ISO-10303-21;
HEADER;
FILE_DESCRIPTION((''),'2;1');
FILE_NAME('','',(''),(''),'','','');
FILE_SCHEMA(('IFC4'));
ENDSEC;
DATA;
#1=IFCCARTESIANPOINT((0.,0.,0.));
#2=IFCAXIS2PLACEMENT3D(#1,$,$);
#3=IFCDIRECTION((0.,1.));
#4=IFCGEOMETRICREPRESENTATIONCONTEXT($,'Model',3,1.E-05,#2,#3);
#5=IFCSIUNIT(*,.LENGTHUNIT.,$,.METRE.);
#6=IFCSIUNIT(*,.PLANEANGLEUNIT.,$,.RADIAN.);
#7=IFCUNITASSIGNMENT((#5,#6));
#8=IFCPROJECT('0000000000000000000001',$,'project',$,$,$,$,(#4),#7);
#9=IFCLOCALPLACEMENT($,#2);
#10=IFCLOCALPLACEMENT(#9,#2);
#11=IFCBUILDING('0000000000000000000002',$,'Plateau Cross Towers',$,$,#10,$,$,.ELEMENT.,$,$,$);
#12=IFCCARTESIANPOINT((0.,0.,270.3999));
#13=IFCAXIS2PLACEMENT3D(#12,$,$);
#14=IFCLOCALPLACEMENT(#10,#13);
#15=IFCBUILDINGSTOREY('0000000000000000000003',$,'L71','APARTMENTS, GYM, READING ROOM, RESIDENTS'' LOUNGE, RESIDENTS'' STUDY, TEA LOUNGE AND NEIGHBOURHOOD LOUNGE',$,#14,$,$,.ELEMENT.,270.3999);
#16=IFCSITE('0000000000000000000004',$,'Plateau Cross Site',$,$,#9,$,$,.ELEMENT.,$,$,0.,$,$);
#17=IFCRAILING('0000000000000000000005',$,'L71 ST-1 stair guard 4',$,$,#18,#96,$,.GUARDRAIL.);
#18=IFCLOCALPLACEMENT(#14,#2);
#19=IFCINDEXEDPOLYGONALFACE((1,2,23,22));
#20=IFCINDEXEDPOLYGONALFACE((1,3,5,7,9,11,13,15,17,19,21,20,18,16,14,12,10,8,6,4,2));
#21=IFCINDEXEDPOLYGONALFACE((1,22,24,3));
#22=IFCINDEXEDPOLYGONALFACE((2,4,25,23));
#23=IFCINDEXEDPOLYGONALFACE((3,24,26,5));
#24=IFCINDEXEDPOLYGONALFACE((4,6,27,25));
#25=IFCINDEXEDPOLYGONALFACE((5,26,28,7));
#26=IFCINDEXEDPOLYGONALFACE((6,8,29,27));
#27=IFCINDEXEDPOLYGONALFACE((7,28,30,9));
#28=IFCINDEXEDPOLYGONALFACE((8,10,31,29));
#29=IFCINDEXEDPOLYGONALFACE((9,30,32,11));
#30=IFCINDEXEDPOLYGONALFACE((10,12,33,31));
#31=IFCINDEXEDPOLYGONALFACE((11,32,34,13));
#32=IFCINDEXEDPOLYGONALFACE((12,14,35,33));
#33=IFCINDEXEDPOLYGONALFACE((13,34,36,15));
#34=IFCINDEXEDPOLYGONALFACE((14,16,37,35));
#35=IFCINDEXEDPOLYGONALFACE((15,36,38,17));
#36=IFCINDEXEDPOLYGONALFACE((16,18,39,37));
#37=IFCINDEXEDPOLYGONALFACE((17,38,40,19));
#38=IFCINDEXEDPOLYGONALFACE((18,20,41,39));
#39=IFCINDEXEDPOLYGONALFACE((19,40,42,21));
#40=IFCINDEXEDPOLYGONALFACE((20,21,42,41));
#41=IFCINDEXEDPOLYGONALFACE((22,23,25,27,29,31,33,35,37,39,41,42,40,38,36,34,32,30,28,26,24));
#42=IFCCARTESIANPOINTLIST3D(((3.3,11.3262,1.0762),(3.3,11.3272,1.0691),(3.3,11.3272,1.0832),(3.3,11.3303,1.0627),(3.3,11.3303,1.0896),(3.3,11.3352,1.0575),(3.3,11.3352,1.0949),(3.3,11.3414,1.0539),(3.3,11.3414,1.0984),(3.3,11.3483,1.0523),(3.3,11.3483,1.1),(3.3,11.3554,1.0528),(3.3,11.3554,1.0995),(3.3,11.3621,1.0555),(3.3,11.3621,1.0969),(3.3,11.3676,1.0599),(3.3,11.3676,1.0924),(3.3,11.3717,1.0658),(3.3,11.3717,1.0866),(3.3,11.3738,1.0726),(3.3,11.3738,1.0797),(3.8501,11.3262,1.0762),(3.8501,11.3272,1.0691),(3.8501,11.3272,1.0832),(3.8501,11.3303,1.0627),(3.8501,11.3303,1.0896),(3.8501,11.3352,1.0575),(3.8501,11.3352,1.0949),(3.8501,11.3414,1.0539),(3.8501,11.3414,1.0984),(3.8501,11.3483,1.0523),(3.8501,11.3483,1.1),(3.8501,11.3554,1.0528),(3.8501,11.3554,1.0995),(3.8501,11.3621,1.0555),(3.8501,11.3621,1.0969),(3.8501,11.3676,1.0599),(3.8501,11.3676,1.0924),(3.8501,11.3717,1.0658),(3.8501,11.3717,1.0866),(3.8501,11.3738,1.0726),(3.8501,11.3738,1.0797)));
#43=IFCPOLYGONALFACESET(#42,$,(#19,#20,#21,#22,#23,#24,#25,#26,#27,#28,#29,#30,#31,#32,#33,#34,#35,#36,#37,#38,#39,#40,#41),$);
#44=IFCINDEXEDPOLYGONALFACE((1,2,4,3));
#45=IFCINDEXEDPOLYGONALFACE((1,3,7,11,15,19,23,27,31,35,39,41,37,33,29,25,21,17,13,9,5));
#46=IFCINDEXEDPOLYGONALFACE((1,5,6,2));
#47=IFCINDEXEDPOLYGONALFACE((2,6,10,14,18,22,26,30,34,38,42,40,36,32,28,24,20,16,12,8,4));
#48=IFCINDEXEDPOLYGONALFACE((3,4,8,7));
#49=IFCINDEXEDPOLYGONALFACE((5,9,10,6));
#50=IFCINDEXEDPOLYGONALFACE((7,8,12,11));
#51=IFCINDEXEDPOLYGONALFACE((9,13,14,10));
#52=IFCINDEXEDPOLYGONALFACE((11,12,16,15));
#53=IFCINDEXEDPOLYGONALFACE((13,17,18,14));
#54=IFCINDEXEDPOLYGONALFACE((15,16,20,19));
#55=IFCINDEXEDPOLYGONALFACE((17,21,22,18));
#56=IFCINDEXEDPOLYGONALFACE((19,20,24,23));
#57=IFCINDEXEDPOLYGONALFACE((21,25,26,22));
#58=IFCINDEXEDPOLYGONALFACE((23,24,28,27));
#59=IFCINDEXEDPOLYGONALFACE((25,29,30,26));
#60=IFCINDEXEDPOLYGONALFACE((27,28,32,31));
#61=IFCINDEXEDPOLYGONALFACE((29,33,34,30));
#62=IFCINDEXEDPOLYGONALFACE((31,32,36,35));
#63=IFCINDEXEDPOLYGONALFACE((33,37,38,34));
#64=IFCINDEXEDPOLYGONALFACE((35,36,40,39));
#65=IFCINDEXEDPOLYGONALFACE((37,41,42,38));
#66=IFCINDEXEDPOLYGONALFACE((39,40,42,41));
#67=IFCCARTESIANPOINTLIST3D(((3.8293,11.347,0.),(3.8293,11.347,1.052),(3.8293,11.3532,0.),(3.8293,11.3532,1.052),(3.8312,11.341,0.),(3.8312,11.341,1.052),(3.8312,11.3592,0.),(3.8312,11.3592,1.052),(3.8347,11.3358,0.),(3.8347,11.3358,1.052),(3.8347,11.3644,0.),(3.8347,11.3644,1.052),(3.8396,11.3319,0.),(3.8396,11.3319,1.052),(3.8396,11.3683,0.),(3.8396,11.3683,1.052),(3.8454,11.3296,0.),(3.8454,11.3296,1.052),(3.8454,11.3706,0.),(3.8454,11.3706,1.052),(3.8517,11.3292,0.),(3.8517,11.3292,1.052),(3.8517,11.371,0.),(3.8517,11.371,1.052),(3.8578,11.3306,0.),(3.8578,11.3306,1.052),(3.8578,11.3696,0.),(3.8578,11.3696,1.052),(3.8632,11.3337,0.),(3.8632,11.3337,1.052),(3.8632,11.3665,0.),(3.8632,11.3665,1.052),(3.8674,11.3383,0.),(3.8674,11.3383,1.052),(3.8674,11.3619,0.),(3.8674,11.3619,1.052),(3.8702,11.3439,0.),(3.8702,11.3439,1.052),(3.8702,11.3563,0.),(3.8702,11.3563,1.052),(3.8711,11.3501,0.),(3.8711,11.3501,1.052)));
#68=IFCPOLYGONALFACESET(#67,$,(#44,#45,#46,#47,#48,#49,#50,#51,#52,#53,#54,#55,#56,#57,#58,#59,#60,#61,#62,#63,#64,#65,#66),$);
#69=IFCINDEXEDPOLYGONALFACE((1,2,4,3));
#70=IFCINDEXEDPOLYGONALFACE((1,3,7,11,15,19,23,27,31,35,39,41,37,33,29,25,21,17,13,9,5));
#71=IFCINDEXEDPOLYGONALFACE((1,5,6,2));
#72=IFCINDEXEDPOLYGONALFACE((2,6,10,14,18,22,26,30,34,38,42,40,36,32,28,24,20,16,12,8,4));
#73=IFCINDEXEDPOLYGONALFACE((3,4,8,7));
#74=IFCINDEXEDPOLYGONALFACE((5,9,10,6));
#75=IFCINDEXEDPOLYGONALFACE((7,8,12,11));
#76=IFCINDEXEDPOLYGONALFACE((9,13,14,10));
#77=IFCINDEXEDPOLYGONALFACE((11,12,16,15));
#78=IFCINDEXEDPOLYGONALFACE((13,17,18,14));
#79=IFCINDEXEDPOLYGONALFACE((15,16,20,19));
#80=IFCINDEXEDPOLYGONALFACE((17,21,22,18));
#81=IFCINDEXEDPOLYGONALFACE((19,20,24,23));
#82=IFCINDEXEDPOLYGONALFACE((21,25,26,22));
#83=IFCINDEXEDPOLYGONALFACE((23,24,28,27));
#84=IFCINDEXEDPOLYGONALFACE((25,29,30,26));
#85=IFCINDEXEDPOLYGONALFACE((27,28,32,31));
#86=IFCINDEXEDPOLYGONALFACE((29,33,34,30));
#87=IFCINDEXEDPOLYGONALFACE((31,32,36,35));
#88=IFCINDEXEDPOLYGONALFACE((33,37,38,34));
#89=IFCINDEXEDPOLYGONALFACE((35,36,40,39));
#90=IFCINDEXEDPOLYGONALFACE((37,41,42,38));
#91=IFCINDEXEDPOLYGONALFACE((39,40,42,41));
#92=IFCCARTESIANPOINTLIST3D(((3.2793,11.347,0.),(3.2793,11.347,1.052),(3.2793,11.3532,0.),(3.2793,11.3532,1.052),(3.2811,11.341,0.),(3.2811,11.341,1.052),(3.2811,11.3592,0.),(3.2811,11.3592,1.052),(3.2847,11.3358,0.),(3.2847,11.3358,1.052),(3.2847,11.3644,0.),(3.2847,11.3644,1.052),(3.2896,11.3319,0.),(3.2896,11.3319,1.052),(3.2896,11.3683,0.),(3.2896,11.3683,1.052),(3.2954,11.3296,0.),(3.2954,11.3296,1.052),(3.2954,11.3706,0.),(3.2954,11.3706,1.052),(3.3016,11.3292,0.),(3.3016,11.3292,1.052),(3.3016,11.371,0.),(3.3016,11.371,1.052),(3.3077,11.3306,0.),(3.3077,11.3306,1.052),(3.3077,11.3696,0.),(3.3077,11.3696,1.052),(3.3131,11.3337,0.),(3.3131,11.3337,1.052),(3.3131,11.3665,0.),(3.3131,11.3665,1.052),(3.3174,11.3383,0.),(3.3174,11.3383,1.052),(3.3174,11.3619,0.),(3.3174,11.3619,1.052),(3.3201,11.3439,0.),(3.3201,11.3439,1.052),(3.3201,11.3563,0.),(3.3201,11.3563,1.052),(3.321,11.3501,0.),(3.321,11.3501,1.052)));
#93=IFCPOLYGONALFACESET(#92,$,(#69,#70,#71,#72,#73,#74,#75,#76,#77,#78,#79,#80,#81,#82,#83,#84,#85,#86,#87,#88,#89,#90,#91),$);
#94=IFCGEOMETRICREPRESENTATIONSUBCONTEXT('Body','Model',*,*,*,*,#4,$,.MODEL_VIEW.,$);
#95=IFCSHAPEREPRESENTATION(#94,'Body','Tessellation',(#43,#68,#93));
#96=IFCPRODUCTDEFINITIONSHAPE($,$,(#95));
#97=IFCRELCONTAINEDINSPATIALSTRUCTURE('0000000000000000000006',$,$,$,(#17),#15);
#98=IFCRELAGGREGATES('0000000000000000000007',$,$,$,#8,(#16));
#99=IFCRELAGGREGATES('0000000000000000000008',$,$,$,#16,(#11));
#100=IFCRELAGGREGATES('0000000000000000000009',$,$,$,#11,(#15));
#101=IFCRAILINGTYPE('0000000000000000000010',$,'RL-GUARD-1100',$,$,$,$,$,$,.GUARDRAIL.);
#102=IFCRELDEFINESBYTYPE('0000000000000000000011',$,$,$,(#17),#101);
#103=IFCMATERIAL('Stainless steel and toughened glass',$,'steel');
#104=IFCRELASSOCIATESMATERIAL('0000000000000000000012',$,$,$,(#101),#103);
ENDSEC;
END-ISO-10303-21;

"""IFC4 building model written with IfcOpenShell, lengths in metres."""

from ifc_helpers import new_model, si_unit, direction, frame, origin, origin_2d, place, context, subcontext, project, spatial, circle, extrude, material, type_object, element, save


model = new_model("IFC4")

# Units and contexts
model_context = context("Model", 3, precision=1e-05, world=origin(), true_north=direction((0.0, 1.0)))
body_context = subcontext(model_context, "Body", "Model", "MODEL_VIEW")
ifc_project = project(units=[si_unit("LENGTHUNIT", "METRE"), si_unit("PLANEANGLEUNIT", "RADIAN")], contexts=[model_context])

# Site, building, storey
site_placement = place(None, origin())
site = spatial("IfcSite", under=ifc_project, at=site_placement, Name="Plateau Cross Site", CompositionType="ELEMENT", RefElevation=0.0)
building_placement = place(site_placement, origin())
building = spatial("IfcBuilding", under=site, at=building_placement, Name="Plateau Cross Towers", CompositionType="ELEMENT")
storey_placement = place(building_placement, frame((0.0, 0.0, 270.3999)))
storey = spatial("IfcBuildingStorey", under=building, at=storey_placement, Name="L71", Description="APARTMENTS, GYM, READING ROOM, RESIDENTS' LOUNGE, RESIDENTS' STUDY, TEA LOUNGE AND NEIGHBOURHOOD LOUNGE", CompositionType="ELEMENT", Elevation=270.3999)

# Railing
ifc_material_1 = material(Name="Stainless steel and toughened glass", Category="steel")
railing_type_1 = type_object("IfcRailingType", Name="RL-GUARD-1100", PredefinedType="GUARDRAIL", material=ifc_material_1)
railing_1_placement = place(storey_placement, frame((3.8501, 11.3501, 0.0)))
element("IfcRailing", 1, at=railing_1_placement, inside=storey, type_object=railing_type_1, Name="L71 ST-1 stair guard 4", PredefinedType="GUARDRAIL", context=body_context, shape_type="SweptSolid", body=[
    extrude(circle(Radius=0.0239, at=origin_2d()), frame((0.0, 0.0, 1.0762), z_axis=(-1.0, 0.0, 0.0), x_axis=(0.0, -1.0, 0.0)), (0.0, 0.0, 1.0), 0.55),
    extrude(circle(Radius=0.021, at=origin_2d()), origin(), (0.0, 0.0, 1.0), 1.052),
    extrude(circle(Radius=0.021, at=origin_2d()), frame((-0.55, 0.0, 0.0)), (0.0, 0.0, 1.0), 1.052),
])

save(model, "model.ifc")
